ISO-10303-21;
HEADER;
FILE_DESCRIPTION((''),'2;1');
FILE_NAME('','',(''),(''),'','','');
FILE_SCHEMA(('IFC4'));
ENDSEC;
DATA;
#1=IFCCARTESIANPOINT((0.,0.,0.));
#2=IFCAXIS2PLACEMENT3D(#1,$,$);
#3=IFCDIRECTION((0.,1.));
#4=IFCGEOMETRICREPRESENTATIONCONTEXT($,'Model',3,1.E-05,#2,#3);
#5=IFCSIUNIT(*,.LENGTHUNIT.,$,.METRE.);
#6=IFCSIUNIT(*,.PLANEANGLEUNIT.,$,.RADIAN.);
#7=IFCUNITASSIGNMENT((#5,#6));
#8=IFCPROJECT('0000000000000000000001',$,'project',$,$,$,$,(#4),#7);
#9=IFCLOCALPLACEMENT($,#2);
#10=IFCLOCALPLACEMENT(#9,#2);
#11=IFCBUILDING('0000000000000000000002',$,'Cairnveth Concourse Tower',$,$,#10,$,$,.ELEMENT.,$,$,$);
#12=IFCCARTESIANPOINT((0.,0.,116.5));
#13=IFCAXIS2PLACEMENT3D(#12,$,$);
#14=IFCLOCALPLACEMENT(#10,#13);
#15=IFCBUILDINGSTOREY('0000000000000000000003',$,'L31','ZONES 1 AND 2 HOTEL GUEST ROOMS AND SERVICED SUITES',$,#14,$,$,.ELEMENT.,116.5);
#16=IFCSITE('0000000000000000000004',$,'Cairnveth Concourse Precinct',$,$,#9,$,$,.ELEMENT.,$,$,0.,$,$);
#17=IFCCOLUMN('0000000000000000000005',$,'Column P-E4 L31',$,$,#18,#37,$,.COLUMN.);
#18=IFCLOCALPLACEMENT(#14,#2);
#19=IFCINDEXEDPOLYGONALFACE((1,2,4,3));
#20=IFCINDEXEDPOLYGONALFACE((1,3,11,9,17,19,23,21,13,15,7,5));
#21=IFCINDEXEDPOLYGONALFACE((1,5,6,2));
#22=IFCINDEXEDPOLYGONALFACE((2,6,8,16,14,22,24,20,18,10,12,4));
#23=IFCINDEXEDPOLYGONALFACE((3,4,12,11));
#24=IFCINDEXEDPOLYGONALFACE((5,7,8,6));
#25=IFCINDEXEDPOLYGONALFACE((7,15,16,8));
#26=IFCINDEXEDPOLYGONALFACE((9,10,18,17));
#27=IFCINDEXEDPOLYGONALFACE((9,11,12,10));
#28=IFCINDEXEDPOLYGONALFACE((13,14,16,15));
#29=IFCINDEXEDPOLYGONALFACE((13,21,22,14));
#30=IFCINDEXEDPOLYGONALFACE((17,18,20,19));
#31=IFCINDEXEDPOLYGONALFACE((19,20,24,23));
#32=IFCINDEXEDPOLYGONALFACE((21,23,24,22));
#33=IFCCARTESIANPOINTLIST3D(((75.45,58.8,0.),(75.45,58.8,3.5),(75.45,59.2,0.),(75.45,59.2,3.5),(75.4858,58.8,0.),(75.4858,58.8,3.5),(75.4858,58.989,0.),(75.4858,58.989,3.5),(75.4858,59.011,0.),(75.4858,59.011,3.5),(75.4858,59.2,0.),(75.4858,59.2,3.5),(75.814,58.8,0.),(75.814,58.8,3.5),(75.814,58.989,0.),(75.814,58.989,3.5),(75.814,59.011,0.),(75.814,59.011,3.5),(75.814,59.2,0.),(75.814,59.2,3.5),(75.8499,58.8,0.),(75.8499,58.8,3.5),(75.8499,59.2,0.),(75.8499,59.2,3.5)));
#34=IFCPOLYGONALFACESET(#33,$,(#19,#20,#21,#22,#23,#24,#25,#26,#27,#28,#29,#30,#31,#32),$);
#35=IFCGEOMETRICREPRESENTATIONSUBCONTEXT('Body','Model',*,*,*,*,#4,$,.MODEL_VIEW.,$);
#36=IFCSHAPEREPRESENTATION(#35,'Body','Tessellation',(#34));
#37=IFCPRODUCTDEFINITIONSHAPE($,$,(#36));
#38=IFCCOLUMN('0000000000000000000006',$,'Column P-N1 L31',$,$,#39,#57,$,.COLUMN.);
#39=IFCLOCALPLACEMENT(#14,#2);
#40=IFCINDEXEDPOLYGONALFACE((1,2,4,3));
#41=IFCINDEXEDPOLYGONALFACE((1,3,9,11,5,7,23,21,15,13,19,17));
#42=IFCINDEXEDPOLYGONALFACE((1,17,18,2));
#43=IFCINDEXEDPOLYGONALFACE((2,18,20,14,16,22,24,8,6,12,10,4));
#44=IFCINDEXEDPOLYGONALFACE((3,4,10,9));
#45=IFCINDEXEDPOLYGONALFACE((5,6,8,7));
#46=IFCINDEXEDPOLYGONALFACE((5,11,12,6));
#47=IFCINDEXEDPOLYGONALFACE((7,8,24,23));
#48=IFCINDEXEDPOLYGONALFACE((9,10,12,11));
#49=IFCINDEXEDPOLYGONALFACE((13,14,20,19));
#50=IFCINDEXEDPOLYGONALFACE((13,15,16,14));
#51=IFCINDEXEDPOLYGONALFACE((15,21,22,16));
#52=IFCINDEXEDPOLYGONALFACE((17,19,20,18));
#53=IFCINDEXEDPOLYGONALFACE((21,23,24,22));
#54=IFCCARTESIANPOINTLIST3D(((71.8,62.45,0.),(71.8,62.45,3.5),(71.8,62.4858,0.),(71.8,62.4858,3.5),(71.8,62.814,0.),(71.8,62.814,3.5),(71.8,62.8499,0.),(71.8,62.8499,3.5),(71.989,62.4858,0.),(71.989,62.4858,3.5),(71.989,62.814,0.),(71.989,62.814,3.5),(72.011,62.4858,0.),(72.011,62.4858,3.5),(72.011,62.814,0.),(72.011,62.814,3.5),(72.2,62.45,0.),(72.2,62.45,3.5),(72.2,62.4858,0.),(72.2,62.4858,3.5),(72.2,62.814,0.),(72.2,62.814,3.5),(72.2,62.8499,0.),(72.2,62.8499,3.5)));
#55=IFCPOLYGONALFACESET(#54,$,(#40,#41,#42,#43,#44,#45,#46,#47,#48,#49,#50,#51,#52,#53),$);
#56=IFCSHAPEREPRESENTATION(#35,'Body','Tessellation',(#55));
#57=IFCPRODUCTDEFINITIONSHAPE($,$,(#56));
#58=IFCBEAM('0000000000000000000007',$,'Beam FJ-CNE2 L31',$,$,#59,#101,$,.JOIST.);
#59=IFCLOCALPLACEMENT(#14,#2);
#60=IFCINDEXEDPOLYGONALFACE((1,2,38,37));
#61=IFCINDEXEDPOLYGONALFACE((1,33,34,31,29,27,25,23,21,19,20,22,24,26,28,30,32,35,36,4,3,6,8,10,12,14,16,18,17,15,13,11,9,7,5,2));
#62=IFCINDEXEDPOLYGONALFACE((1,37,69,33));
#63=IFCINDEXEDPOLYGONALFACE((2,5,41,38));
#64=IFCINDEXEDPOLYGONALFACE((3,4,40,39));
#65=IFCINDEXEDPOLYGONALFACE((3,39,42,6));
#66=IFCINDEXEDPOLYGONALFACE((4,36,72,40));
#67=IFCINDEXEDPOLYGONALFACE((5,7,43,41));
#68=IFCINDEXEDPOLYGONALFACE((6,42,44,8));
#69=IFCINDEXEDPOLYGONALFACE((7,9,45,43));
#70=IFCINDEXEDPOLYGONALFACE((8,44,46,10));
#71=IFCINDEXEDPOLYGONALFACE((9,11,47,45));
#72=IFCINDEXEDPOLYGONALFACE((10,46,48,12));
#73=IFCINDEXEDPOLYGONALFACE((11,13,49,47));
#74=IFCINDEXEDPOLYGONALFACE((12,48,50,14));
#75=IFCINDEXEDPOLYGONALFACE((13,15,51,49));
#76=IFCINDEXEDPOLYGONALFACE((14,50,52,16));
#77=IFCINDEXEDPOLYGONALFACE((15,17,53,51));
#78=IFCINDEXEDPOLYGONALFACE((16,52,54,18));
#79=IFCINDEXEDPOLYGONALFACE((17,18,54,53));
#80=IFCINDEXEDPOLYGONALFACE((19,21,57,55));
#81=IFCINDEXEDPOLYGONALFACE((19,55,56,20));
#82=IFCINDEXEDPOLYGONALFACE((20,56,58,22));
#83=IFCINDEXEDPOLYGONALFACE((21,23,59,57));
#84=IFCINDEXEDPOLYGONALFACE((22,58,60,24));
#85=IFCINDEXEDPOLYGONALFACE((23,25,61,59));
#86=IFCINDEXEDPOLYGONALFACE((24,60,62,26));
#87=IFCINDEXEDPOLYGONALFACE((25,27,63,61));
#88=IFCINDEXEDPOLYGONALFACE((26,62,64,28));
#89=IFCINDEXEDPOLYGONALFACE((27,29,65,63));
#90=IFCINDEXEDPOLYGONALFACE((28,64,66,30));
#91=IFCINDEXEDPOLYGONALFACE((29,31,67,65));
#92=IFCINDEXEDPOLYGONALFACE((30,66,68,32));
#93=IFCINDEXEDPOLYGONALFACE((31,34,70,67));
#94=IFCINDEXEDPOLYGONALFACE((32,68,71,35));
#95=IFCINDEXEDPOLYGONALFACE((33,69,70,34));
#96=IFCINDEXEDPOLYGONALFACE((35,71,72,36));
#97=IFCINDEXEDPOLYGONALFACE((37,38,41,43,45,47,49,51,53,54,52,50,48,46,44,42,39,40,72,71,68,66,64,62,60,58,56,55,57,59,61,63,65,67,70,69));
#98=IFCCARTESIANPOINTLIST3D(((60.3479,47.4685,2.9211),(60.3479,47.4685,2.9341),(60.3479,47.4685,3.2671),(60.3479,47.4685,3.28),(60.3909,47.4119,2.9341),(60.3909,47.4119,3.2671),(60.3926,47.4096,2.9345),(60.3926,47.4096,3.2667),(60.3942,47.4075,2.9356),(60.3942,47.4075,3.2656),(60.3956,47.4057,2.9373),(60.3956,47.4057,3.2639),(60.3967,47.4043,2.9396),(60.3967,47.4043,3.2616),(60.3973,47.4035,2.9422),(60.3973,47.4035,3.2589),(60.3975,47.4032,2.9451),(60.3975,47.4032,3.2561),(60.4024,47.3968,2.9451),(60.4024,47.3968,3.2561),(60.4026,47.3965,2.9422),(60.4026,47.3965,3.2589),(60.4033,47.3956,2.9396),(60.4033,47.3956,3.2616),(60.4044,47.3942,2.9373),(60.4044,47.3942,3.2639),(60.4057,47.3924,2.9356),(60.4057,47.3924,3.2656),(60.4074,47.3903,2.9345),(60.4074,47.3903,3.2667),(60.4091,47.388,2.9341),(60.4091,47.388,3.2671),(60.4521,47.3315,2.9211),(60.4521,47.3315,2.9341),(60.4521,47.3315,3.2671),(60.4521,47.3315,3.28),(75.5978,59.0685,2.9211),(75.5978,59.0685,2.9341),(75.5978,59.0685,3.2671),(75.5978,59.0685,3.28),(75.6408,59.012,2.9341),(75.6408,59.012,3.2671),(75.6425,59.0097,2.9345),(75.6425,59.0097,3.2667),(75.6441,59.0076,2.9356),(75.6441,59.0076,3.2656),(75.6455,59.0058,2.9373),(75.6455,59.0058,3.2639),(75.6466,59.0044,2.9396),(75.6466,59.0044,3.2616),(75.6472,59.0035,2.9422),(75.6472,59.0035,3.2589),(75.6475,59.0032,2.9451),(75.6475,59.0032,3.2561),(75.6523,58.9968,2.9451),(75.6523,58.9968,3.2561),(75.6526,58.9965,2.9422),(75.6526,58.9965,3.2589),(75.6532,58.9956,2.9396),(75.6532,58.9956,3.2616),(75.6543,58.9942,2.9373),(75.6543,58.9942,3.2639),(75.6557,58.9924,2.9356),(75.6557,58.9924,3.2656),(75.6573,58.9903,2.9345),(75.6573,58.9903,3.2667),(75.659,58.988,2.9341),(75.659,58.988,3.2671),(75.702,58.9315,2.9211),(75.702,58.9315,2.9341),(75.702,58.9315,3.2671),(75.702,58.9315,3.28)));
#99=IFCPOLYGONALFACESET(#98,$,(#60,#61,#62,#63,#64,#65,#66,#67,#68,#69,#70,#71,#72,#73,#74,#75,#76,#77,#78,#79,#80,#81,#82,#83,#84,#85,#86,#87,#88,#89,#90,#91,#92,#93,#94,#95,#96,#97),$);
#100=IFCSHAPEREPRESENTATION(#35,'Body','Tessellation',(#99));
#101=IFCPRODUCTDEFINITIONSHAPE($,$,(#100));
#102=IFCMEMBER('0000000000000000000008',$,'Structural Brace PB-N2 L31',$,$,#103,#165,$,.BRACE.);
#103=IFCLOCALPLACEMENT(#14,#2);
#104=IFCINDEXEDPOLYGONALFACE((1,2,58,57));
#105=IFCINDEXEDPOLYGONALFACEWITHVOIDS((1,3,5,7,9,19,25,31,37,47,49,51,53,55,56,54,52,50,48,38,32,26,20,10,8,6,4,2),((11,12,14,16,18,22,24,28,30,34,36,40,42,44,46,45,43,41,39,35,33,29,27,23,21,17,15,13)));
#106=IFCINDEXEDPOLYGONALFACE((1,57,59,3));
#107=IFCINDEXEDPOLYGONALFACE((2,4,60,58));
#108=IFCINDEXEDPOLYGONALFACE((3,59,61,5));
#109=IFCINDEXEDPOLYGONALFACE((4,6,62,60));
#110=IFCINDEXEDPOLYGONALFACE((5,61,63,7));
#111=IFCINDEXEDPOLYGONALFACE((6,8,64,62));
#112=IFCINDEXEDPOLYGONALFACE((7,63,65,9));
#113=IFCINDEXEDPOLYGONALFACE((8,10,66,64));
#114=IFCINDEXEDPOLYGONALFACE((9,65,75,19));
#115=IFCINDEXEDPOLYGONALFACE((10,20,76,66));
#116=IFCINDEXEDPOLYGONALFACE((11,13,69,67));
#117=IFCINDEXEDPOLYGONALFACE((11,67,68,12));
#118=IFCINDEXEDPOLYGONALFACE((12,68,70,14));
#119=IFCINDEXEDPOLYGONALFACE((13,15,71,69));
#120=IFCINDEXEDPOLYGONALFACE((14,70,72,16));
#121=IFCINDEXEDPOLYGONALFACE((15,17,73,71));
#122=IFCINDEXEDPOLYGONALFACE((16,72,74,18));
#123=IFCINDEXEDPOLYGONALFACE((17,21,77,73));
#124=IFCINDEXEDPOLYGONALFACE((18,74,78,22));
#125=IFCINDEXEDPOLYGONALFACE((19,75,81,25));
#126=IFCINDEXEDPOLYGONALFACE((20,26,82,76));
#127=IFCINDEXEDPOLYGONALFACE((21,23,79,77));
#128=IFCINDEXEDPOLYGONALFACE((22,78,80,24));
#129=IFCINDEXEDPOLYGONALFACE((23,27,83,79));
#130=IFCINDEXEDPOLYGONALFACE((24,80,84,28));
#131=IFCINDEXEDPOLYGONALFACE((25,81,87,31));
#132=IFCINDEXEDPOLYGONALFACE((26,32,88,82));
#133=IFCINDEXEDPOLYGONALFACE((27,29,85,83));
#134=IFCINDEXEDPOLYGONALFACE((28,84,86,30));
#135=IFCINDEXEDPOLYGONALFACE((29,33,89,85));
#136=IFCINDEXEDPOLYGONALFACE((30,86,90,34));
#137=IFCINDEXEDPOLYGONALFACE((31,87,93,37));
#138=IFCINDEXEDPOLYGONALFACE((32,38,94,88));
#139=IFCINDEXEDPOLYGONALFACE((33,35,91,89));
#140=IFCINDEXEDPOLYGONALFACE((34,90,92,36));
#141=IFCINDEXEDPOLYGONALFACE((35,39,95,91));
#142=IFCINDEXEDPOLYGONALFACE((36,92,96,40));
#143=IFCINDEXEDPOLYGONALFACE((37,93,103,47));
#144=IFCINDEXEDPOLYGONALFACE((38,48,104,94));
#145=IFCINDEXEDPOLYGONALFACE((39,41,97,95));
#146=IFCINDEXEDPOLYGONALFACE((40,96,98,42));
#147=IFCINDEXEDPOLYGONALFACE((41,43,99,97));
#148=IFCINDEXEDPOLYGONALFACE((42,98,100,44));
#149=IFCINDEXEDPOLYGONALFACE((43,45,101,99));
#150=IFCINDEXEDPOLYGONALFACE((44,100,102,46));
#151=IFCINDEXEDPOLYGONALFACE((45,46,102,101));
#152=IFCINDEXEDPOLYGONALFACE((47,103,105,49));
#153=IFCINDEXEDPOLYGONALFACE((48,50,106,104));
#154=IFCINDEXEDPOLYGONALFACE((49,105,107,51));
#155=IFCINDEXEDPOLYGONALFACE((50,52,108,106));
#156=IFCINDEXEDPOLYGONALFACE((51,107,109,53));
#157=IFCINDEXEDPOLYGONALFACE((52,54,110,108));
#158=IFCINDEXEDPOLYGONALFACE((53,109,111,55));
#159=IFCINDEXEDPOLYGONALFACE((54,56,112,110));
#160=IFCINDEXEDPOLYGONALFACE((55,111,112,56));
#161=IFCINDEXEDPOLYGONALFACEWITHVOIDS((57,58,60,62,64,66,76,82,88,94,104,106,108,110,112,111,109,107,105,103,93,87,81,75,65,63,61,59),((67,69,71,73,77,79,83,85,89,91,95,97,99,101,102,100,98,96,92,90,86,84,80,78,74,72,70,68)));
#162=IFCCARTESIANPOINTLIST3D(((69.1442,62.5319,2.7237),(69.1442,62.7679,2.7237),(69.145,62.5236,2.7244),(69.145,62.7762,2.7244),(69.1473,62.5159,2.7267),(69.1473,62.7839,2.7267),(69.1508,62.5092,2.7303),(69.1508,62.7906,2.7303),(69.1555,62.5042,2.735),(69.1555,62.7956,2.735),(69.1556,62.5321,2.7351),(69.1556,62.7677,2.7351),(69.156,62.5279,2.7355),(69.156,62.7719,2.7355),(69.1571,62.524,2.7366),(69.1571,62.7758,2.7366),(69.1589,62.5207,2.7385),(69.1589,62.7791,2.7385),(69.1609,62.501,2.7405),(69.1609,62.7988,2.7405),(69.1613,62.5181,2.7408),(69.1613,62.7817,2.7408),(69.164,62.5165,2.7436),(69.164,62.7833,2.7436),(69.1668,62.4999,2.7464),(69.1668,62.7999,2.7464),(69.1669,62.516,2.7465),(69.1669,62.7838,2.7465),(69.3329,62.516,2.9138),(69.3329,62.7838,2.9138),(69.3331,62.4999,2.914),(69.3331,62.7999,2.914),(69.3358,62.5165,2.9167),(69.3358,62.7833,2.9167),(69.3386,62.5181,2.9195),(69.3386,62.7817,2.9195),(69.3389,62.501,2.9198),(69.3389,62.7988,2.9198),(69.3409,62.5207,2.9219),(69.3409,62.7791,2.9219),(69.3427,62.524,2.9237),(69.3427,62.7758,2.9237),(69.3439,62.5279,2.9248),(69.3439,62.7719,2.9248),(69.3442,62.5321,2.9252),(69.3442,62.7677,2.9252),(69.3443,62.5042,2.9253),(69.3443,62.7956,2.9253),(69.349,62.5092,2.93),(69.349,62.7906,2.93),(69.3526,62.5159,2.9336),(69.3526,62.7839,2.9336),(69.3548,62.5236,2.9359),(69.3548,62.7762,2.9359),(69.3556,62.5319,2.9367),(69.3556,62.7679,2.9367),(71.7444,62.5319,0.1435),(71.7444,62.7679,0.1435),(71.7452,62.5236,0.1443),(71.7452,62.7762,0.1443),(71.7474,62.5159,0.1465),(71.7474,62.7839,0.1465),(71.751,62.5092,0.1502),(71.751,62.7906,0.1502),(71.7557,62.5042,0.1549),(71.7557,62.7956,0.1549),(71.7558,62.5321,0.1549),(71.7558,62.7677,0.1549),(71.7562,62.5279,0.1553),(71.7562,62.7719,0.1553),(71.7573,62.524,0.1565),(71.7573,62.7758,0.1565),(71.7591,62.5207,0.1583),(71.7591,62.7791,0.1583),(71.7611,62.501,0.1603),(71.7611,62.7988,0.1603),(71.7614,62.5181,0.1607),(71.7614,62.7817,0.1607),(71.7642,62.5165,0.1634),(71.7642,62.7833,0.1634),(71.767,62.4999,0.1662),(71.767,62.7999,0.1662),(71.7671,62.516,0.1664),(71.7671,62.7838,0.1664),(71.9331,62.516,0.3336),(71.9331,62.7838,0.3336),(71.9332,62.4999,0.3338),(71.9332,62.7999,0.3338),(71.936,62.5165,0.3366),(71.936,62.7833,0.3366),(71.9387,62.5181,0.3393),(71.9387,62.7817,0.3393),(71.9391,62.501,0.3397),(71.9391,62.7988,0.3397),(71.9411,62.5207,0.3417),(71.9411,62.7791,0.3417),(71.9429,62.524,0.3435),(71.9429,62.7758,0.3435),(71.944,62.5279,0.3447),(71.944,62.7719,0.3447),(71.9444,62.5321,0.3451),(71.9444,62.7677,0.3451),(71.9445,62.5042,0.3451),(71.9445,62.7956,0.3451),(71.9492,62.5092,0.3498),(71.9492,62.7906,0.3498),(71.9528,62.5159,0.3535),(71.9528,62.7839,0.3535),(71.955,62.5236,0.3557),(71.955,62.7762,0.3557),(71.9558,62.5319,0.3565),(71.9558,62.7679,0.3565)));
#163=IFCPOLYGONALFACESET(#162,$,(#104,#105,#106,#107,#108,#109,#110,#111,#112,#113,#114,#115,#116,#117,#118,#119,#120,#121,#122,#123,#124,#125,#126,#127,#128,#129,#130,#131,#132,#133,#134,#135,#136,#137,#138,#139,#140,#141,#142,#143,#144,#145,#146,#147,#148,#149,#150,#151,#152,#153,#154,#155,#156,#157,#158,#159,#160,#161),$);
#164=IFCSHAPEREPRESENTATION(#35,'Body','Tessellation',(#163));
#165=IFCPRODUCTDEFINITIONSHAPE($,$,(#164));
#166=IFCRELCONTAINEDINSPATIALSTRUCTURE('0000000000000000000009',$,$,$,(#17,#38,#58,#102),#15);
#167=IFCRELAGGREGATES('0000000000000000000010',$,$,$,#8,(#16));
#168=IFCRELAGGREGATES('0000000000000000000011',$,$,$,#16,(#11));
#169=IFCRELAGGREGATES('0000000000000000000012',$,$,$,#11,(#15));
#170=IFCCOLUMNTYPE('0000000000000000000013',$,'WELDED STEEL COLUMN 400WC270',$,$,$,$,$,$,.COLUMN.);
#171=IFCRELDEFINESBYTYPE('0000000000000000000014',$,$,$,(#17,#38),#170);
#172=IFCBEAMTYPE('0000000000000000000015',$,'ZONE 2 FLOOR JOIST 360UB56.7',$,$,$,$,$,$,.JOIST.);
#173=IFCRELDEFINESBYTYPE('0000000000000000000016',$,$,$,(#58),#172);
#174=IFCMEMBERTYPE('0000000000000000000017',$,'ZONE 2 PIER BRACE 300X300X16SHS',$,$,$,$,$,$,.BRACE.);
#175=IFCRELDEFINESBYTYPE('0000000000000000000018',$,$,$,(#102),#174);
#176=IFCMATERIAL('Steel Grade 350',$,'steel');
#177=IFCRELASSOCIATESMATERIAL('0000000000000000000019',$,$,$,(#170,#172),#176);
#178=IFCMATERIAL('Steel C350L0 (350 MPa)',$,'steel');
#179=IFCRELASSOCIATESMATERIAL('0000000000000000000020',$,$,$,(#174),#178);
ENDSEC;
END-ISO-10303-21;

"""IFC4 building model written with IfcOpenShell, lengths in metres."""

from ifc_helpers import new_model, si_unit, direction, frame, origin, origin_2d, place, context, subcontext, project, spatial, hollow_rectangle, i_section, extrude, material, material_profile, profile_set, type_object, element, save


model = new_model("IFC4")

# Units and contexts
model_context = context("Model", 3, precision=1e-05, world=origin(), true_north=direction((0.0, 1.0)))
body_context = subcontext(model_context, "Body", "Model", "MODEL_VIEW")
ifc_project = project(units=[si_unit("LENGTHUNIT", "METRE"), si_unit("PLANEANGLEUNIT", "RADIAN")], contexts=[model_context])

# Site, building, storey
site_placement = place(None, origin())
site = spatial("IfcSite", under=ifc_project, at=site_placement, Name="Cairnveth Concourse Precinct", CompositionType="ELEMENT", RefElevation=0.0)
building_placement = place(site_placement, origin())
building = spatial("IfcBuilding", under=site, at=building_placement, Name="Cairnveth Concourse Tower", CompositionType="ELEMENT")
storey_placement = place(building_placement, frame((0.0, 0.0, 116.5)))
storey = spatial("IfcBuildingStorey", under=building, at=storey_placement, Name="L31", Description="ZONES 1 AND 2 HOTEL GUEST ROOMS AND SERVICED SUITES", CompositionType="ELEMENT", Elevation=116.5)

# Columns
ifc_material_1 = material(Name="Steel Grade 350", Category="steel")
ifc_material_profile_1 = material_profile(ifc_material_1, i_section(OverallWidth=0.3999, OverallDepth=0.3999, WebThickness=0.022, FlangeThickness=0.0359, at=origin_2d()), Name="400WC270")
ifc_profile_set_1 = profile_set([ifc_material_profile_1], Name="Steel Grade 350")
column_type = type_object("IfcColumnType", Name="WELDED STEEL COLUMN 400WC270", PredefinedType="COLUMN", material=ifc_profile_set_1)
for number, where, z_axis, x_axis, name in (
    (1, (75.6499, 59.0, 0.0), (0.0, 0.0, 1.0), (0.0, 1.0, 0.0), "Column P-E4 L31"),
    (2, (72.0, 62.6499, 0.0), (0.0, 0.0, 1.0), (1.0, 0.0, 0.0), "Column P-N1 L31"),
):
    element("IfcColumn", number, at=place(storey_placement, frame(where, z_axis=z_axis, x_axis=x_axis)), inside=storey, type_object=column_type, Name=name, PredefinedType="COLUMN", context=body_context, shape_type="SweptSolid", body=[
        extrude(i_section(OverallWidth=0.3999, OverallDepth=0.3999, WebThickness=0.022, FlangeThickness=0.0359, at=origin_2d()), origin(), (0.0, 0.0, 1.0), 3.5),
    ])

# Beam
ifc_material_profile_2 = material_profile(ifc_material_1, i_section(OverallWidth=0.1721, OverallDepth=0.3589, WebThickness=0.0081, FlangeThickness=0.0129, FilletRadius=0.011, at=origin_2d()), Name="360UB56.7")
ifc_profile_set_2 = profile_set([ifc_material_profile_2], Name="Steel Grade 350")
beam_type_1 = type_object("IfcBeamType", Name="ZONE 2 FLOOR JOIST 360UB56.7", PredefinedType="JOIST", material=ifc_profile_set_2)
beam_1_placement = place(storey_placement, frame((75.6499, 59.0, 3.1006), z_axis=(-0.795908, -0.605417, 0.0), x_axis=(0.605417, -0.795908, 0.0)))
element("IfcBeam", 3, at=beam_1_placement, inside=storey, type_object=beam_type_1, Name="Beam FJ-CNE2 L31", PredefinedType="JOIST", context=body_context, shape_type="SweptSolid", body=[
    extrude(i_section(OverallWidth=0.1721, OverallDepth=0.3589, WebThickness=0.0081, FlangeThickness=0.0129, FilletRadius=0.011, at=origin_2d()), origin(), (0.0, 0.0, 1.0), 19.1604),
])

# Member
ifc_material_2 = material(Name="Steel C350L0 (350 MPa)", Category="steel")
ifc_material_profile_3 = material_profile(ifc_material_2, hollow_rectangle(XDim=0.3, YDim=0.3, WallThickness=0.0161, InnerFilletRadius=0.0161, OuterFilletRadius=0.032, at=origin_2d()), Name="300x300x16.0SHS")
ifc_profile_set_3 = profile_set([ifc_material_profile_3], Name="Steel C350L0 (350 MPa)")
member_type = type_object("IfcMemberType", Name="ZONE 2 PIER BRACE 300X300X16SHS", PredefinedType="BRACE", material=ifc_profile_set_3)
for number, where, z_axis, x_axis, name in (
    (4, (71.8501, 62.6499, 0.25), (-0.709834, 0.0, 0.704369), (0.0, -1.0, 0.0), "Structural Brace PB-N2 L31"),
):
    element("IfcMember", number, at=place(storey_placement, frame(where, z_axis=z_axis, x_axis=x_axis)), inside=storey, type_object=member_type, Name=name, PredefinedType="BRACE", context=body_context, shape_type="SweptSolid", body=[
        extrude(hollow_rectangle(XDim=0.3, YDim=0.3, WallThickness=0.0161, InnerFilletRadius=0.0161, OuterFilletRadius=0.032, at=origin_2d()), origin(), (0.0, 0.0, 1.0), 3.6631),
    ])

save(model, "model.ifc")
